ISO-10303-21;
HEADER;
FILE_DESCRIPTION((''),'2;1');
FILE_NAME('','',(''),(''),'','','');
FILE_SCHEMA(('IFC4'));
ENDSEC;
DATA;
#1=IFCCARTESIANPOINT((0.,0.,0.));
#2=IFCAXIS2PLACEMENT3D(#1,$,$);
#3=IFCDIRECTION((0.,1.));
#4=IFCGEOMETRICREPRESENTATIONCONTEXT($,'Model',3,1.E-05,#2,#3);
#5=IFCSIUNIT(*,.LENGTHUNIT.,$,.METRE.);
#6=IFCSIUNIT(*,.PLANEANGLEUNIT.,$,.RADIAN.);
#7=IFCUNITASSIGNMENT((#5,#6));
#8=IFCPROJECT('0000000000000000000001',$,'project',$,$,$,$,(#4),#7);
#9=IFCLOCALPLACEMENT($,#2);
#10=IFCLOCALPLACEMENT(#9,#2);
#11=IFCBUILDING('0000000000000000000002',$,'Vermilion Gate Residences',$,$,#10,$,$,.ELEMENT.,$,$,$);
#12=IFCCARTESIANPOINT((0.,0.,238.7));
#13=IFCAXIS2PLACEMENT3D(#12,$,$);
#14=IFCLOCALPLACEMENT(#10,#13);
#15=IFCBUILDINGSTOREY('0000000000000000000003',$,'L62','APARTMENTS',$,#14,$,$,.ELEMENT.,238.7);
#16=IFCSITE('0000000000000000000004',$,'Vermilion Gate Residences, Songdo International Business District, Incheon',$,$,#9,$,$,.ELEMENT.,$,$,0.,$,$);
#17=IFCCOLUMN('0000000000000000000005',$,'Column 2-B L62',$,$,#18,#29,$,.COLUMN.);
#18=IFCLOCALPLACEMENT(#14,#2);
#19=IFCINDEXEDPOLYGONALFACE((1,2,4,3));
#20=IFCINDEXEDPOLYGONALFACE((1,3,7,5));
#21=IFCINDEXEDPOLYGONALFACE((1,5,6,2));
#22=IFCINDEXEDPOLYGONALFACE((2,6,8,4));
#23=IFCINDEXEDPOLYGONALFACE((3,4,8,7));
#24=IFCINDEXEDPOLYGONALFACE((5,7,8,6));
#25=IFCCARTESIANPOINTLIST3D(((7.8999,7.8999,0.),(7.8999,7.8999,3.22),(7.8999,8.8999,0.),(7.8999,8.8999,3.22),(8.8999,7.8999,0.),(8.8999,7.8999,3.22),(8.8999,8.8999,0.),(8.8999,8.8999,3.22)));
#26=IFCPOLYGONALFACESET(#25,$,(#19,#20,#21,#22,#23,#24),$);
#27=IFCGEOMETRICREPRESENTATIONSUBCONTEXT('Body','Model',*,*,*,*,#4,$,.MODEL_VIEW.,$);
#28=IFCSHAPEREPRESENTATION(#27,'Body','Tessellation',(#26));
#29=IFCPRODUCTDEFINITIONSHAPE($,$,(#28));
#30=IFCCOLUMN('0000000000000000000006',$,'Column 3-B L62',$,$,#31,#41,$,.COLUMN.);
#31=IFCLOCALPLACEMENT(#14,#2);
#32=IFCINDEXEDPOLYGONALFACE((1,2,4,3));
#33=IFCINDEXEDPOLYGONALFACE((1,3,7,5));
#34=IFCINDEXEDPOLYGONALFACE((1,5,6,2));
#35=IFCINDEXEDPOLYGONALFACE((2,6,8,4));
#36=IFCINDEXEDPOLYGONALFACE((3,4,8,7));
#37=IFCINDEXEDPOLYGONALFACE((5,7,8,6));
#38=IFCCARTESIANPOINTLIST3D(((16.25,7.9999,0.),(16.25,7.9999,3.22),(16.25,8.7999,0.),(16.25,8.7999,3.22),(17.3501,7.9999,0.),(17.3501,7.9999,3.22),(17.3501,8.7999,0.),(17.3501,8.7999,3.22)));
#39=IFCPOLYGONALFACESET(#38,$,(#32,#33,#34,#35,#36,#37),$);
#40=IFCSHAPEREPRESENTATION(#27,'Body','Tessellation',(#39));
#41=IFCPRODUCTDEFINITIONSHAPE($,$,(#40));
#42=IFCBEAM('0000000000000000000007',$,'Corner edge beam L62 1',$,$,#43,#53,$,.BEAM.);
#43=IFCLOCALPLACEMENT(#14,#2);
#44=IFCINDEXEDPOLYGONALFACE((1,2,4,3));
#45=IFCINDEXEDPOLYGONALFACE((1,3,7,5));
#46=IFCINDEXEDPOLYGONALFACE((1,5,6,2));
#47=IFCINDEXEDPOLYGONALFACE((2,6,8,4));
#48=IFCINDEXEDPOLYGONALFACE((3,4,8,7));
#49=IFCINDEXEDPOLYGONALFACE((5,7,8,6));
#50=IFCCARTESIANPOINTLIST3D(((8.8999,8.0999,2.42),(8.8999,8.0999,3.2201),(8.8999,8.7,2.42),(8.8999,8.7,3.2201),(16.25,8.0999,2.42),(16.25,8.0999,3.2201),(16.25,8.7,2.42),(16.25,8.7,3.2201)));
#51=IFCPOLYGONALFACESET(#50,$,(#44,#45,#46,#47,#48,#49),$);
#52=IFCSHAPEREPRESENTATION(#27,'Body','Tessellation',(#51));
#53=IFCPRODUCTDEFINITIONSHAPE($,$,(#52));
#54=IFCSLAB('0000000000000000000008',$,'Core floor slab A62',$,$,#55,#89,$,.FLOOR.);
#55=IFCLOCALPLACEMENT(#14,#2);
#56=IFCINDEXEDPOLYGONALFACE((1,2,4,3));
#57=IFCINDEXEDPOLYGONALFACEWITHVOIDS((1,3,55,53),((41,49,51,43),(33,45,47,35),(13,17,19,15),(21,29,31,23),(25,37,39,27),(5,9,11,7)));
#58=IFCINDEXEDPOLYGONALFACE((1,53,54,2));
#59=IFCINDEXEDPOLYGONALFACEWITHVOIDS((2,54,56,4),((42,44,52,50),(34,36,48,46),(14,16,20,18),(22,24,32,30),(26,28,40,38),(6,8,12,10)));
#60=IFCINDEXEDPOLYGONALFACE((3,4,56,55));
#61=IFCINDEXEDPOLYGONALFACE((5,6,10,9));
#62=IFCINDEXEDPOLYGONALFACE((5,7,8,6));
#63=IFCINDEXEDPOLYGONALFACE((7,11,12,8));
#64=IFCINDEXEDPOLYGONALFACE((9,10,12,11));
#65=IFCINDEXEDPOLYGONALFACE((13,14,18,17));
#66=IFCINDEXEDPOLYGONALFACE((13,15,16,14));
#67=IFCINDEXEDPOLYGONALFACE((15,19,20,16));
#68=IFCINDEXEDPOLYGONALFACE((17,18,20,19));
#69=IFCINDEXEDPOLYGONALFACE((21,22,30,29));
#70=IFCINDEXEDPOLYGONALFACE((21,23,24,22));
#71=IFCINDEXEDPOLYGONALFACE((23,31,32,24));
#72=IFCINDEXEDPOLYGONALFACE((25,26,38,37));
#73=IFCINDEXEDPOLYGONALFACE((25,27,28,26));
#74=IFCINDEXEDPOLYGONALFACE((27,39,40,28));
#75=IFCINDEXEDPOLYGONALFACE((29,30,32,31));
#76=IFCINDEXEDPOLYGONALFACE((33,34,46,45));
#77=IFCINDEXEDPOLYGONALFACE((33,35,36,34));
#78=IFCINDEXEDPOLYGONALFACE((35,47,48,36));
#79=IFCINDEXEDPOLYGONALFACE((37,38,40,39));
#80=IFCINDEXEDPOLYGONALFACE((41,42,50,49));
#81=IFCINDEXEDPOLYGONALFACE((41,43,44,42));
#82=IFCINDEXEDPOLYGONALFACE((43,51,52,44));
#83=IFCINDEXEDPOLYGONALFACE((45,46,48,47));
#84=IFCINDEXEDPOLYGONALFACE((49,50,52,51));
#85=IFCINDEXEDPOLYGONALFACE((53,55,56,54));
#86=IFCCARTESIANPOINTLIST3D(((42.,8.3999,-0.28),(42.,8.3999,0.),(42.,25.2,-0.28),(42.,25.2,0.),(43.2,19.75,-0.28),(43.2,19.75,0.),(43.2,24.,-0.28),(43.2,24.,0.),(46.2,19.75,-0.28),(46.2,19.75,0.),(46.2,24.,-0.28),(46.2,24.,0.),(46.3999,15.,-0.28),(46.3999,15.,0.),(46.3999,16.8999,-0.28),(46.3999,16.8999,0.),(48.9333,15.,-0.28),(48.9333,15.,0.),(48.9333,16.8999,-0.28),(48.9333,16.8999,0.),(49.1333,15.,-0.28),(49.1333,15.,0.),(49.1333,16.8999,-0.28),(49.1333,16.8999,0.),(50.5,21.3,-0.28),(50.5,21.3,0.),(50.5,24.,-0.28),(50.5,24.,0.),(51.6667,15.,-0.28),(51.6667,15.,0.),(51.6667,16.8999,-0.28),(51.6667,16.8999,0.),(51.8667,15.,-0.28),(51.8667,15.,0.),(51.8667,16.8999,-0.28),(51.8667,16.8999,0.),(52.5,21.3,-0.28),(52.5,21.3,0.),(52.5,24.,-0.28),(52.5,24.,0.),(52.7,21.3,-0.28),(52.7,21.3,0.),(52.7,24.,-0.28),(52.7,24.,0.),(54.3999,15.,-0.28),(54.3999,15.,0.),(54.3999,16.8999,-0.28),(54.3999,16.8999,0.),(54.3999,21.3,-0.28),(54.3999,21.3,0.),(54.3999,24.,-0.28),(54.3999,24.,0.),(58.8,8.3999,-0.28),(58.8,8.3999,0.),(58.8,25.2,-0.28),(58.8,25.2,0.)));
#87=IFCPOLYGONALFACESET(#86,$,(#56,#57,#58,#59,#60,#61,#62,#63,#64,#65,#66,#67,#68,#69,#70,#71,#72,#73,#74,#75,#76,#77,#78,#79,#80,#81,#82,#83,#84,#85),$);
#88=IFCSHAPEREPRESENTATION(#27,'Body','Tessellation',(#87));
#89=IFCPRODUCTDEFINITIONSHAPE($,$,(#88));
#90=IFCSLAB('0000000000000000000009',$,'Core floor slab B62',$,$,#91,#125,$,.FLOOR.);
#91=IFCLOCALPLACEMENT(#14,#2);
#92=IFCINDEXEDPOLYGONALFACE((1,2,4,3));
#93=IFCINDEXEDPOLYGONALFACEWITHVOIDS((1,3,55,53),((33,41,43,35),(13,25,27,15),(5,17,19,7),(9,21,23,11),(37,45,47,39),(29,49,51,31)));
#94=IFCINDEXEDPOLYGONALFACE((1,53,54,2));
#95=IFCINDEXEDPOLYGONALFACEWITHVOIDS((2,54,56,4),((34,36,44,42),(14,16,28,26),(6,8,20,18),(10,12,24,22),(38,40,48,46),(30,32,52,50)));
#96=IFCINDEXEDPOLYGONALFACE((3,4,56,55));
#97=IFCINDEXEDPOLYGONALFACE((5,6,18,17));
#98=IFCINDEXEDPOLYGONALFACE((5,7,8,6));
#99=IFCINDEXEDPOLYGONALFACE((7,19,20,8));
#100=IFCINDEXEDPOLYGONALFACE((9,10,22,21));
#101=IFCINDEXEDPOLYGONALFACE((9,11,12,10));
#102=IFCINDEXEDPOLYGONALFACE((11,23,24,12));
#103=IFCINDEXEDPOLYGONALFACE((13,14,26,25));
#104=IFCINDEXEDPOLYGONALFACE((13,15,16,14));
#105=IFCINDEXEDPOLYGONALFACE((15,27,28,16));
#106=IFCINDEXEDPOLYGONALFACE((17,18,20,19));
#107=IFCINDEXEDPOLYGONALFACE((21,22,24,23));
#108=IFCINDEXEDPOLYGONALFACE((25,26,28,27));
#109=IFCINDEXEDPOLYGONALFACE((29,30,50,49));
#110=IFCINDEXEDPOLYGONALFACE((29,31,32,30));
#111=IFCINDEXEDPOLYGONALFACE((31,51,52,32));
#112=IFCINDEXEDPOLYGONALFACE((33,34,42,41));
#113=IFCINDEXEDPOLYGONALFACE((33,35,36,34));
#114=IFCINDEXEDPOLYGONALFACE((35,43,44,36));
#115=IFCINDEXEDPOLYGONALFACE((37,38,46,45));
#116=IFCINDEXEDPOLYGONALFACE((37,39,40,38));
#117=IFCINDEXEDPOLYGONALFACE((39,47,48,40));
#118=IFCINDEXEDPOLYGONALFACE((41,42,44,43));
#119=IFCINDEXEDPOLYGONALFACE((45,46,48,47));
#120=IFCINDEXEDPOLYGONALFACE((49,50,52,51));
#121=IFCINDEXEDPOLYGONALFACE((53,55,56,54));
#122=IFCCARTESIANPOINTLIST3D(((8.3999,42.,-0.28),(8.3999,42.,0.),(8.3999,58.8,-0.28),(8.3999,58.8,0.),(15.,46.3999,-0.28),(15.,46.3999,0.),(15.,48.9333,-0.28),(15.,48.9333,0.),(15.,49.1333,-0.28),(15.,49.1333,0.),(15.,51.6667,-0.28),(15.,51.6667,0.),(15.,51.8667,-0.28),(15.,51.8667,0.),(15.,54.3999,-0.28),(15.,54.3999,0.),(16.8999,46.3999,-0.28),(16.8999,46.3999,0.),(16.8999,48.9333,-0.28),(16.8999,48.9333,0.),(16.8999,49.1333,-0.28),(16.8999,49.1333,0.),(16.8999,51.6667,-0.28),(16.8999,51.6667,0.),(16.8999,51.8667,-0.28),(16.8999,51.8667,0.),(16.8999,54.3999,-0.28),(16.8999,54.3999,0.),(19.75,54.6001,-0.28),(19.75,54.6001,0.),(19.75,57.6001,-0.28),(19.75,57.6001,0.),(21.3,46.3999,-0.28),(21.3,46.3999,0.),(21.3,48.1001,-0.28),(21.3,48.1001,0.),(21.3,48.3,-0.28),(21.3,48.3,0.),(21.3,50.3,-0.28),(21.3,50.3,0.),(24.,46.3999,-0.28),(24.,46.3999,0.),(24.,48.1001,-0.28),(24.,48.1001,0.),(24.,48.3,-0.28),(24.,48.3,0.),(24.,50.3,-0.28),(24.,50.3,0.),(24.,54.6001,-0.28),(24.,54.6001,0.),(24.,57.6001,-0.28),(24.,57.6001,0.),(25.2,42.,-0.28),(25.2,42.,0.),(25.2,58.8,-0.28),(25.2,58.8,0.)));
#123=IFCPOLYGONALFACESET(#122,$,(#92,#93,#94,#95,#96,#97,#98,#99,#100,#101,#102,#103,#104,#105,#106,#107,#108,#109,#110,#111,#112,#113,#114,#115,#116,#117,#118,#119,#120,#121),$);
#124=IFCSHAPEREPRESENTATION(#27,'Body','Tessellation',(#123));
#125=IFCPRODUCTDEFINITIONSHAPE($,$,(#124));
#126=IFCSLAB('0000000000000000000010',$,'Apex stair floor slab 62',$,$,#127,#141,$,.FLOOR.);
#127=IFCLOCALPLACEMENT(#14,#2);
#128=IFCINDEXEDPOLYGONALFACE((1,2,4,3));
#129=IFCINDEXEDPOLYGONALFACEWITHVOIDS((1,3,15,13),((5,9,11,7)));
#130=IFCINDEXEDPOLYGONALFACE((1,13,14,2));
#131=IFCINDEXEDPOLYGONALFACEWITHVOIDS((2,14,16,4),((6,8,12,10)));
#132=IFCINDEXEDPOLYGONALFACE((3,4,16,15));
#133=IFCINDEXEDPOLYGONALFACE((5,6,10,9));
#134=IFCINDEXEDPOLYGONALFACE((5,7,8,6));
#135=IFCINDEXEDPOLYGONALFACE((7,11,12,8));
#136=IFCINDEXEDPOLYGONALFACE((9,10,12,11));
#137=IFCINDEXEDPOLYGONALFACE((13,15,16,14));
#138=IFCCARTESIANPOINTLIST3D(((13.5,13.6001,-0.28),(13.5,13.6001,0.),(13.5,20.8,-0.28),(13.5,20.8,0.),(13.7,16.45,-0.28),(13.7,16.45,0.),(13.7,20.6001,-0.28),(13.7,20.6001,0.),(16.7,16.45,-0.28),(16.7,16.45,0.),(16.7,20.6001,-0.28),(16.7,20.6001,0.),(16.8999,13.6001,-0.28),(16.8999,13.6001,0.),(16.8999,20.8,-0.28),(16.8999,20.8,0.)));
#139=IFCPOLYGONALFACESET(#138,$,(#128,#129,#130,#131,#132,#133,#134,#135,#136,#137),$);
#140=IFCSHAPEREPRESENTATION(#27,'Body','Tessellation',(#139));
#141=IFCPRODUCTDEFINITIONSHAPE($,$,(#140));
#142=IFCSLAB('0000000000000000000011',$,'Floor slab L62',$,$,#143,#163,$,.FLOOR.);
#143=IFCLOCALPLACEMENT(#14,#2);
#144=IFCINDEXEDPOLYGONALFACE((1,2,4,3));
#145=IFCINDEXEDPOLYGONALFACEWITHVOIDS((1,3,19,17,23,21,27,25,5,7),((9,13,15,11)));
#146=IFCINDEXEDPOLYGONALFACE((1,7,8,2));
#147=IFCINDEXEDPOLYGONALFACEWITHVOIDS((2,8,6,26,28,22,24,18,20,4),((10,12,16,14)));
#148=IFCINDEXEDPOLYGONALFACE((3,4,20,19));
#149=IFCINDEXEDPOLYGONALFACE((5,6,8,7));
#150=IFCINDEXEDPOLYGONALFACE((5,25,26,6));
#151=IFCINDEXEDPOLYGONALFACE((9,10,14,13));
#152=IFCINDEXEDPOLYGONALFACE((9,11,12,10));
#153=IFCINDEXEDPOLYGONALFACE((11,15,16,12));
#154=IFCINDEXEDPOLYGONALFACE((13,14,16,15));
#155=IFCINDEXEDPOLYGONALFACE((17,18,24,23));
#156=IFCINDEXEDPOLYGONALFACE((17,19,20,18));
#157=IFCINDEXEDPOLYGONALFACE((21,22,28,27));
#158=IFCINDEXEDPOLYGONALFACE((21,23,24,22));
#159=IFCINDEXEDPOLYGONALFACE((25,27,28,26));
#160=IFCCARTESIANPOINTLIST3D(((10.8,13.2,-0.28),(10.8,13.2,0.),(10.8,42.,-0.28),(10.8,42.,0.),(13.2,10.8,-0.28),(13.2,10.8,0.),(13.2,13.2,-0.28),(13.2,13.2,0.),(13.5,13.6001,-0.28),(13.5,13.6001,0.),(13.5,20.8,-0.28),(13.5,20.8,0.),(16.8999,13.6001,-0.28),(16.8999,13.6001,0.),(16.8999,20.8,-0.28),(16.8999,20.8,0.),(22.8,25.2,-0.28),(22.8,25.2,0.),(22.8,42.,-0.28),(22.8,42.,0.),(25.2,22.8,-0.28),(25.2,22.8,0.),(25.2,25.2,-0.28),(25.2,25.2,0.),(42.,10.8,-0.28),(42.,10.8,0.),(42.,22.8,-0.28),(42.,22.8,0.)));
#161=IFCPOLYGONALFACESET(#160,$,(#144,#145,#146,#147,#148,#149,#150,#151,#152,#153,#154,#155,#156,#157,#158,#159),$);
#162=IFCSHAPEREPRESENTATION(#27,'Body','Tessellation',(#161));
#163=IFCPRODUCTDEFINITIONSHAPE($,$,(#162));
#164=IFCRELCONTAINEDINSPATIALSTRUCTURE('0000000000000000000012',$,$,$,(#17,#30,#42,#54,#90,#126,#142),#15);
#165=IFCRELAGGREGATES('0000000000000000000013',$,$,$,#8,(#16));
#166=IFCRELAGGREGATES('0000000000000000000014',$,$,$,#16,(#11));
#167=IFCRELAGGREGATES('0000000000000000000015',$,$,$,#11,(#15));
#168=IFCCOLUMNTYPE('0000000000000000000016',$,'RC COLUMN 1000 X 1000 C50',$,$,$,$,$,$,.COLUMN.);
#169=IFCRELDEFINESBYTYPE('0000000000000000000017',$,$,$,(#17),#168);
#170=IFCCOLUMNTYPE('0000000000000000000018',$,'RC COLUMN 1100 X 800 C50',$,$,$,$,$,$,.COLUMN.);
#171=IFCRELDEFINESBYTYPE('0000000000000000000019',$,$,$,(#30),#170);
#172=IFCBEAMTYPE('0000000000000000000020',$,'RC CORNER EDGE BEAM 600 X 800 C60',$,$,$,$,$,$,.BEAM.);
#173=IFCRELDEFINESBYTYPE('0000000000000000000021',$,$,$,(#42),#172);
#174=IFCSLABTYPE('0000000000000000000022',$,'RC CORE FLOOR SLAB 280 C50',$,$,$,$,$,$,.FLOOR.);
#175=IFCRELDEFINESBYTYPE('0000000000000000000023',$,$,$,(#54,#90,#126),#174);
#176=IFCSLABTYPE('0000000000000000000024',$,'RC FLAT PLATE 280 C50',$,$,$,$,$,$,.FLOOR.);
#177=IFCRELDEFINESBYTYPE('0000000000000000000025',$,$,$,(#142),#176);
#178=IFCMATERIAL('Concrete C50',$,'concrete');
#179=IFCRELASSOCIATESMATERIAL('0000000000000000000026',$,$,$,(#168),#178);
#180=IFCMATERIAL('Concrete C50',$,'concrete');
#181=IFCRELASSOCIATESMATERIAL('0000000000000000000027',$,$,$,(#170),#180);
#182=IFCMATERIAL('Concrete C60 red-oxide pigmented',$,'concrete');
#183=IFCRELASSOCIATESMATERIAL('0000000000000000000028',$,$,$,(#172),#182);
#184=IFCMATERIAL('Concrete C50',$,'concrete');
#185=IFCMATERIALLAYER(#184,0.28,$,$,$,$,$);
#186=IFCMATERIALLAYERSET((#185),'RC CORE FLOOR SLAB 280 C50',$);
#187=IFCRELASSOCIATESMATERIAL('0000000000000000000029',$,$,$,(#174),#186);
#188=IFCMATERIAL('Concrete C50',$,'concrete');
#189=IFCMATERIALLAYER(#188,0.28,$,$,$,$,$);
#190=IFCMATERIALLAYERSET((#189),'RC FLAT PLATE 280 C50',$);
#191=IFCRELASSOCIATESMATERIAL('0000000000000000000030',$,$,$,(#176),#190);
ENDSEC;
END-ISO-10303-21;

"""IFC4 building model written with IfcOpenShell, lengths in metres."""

from ifc_helpers import new_model, si_unit, direction, frame, origin, origin_2d, place, context, subcontext, project, spatial, polyline, rectangle, outline, extrude, material, layer, layer_set, material_profile, profile_set, type_object, element, save


model = new_model("IFC4")

# Units and contexts
model_context = context("Model", 3, precision=1e-05, world=origin(), true_north=direction((0.0, 1.0)))
body_context = subcontext(model_context, "Body", "Model", "MODEL_VIEW")
ifc_project = project(units=[si_unit("LENGTHUNIT", "METRE"), si_unit("PLANEANGLEUNIT", "RADIAN")], contexts=[model_context])

# Site, building, storey
site_placement = place(None, origin())
site = spatial("IfcSite", under=ifc_project, at=site_placement, Name="Vermilion Gate Residences, Songdo International Business District, Incheon", CompositionType="ELEMENT", RefElevation=0.0)
building_placement = place(site_placement, origin())
building = spatial("IfcBuilding", under=site, at=building_placement, Name="Vermilion Gate Residences", CompositionType="ELEMENT")
storey_placement = place(building_placement, frame((0.0, 0.0, 238.7)))
storey = spatial("IfcBuildingStorey", under=building, at=storey_placement, Name="L62", Description="APARTMENTS", CompositionType="ELEMENT", Elevation=238.7)

# Columns
ifc_material_1 = material(Name="Concrete C50", Category="concrete")
ifc_material_profile_1 = material_profile(ifc_material_1, rectangle(XDim=1.0, YDim=1.0, at=origin_2d()), Name="RC-1000x1000")
ifc_profile_set_1 = profile_set([ifc_material_profile_1], Name="Concrete C50")
column_type_1 = type_object("IfcColumnType", Name="RC COLUMN 1000 X 1000 C50", PredefinedType="COLUMN", material=ifc_profile_set_1)
column_1_placement = place(storey_placement, frame((8.3999, 8.3999, 0.0), z_axis=(0.0, 0.0, 1.0), x_axis=(1.0, 0.0, 0.0)))
element("IfcColumn", 1, at=column_1_placement, inside=storey, type_object=column_type_1, Name="Column 2-B L62", PredefinedType="COLUMN", context=body_context, shape_type="SweptSolid", body=[
    extrude(rectangle(XDim=1.0, YDim=1.0, at=origin_2d()), origin(), (0.0, 0.0, 1.0), 3.22),
])
ifc_material_2 = material(Name="Concrete C50", Category="concrete")
ifc_material_profile_2 = material_profile(ifc_material_2, rectangle(XDim=1.1001, YDim=0.8, at=origin_2d()), Name="RC-1100x800")
ifc_profile_set_2 = profile_set([ifc_material_profile_2], Name="Concrete C50")
column_type_2 = type_object("IfcColumnType", Name="RC COLUMN 1100 X 800 C50", PredefinedType="COLUMN", material=ifc_profile_set_2)
column_2_placement = place(storey_placement, frame((16.8, 8.3999, 0.0), z_axis=(0.0, 0.0, 1.0), x_axis=(1.0, 0.0, 0.0)))
element("IfcColumn", 2, at=column_2_placement, inside=storey, type_object=column_type_2, Name="Column 3-B L62", PredefinedType="COLUMN", context=body_context, shape_type="SweptSolid", body=[
    extrude(rectangle(XDim=1.1001, YDim=0.8, at=origin_2d()), origin(), (0.0, 0.0, 1.0), 3.22),
])

# Beam
ifc_material_3 = material(Name="Concrete C60 red-oxide pigmented", Category="concrete")
ifc_material_profile_3 = material_profile(ifc_material_3, rectangle(XDim=0.6001, YDim=0.8, at=origin_2d()), Name="RC-600x800")
ifc_profile_set_3 = profile_set([ifc_material_profile_3], Name="Concrete C60 red-oxide pigmented")
beam_type = type_object("IfcBeamType", Name="RC CORNER EDGE BEAM 600 X 800 C60", PredefinedType="BEAM", material=ifc_profile_set_3)
beam_placement = place(storey_placement, frame((8.8999, 8.3999, 2.8201), z_axis=(1.0, 0.0, 0.0), x_axis=(0.0, 1.0, 0.0)))
element("IfcBeam", 3, at=beam_placement, inside=storey, type_object=beam_type, Name="Corner edge beam L62 1", PredefinedType="BEAM", context=body_context, shape_type="SweptSolid", body=[
    extrude(rectangle(XDim=0.6001, YDim=0.8, at=origin_2d()), origin(), (0.0, 0.0, 1.0), 7.3501),
])

# Slabs
ifc_material_4 = material(Name="Concrete C50", Category="concrete")
ifc_layer_1 = layer(ifc_material_4, 0.28)
ifc_layer_set_1 = layer_set([ifc_layer_1], Name="RC CORE FLOOR SLAB 280 C50")
slab_type_1 = type_object("IfcSlabType", Name="RC CORE FLOOR SLAB 280 C50", PredefinedType="FLOOR", material=ifc_layer_set_1)
slab_1_placement = place(storey_placement, frame((0.0, 0.0, -0.28)))
element("IfcSlab", 4, at=slab_1_placement, inside=storey, type_object=slab_type_1, Name="Core floor slab A62", PredefinedType="FLOOR", context=body_context, shape_type="SweptSolid", body=[
    extrude(outline(polyline([(42.0, 8.3999), (58.8, 8.3999), (58.8, 25.2), (42.0, 25.2), (42.0, 8.3999)]), holes=[polyline([(46.3999, 15.0), (46.3999, 16.8999), (48.9333, 16.8999), (48.9333, 15.0), (46.3999, 15.0)]), polyline([(49.1333, 16.8999), (51.6667, 16.8999), (51.6667, 15.0), (49.1333, 15.0), (49.1333, 16.8999)]), polyline([(51.8667, 16.8999), (54.3999, 16.8999), (54.3999, 15.0), (51.8667, 15.0), (51.8667, 16.8999)]), polyline([(43.2, 19.75), (43.2, 24.0), (46.2, 24.0), (46.2, 19.75), (43.2, 19.75)]), polyline([(50.5, 24.0), (52.5, 24.0), (52.5, 21.3), (50.5, 21.3), (50.5, 24.0)]), polyline([(52.7, 24.0), (54.3999, 24.0), (54.3999, 21.3), (52.7, 21.3), (52.7, 24.0)])]), origin(), (0.0, 0.0, 1.0), 0.28),
])
slab_2_placement = place(storey_placement, frame((0.0, 0.0, -0.28)))
element("IfcSlab", 5, at=slab_2_placement, inside=storey, type_object=slab_type_1, Name="Core floor slab B62", PredefinedType="FLOOR", context=body_context, shape_type="SweptSolid", body=[
    extrude(outline(polyline([(8.3999, 42.0), (25.2, 42.0), (25.2, 58.8), (8.3999, 58.8), (8.3999, 42.0)]), holes=[polyline([(21.3, 46.3999), (21.3, 48.1001), (24.0, 48.1001), (24.0, 46.3999), (21.3, 46.3999)]), polyline([(15.0, 48.9333), (16.8999, 48.9333), (16.8999, 46.3999), (15.0, 46.3999), (15.0, 48.9333)]), polyline([(21.3, 50.3), (24.0, 50.3), (24.0, 48.3), (21.3, 48.3), (21.3, 50.3)]), polyline([(15.0, 49.1333), (15.0, 51.6667), (16.8999, 51.6667), (16.8999, 49.1333), (15.0, 49.1333)]), polyline([(15.0, 54.3999), (16.8999, 54.3999), (16.8999, 51.8667), (15.0, 51.8667), (15.0, 54.3999)]), polyline([(19.75, 57.6001), (24.0, 57.6001), (24.0, 54.6001), (19.75, 54.6001), (19.75, 57.6001)])]), origin(), (0.0, 0.0, 1.0), 0.28),
])
slab_3_placement = place(storey_placement, frame((0.0, 0.0, -0.28)))
element("IfcSlab", 6, at=slab_3_placement, inside=storey, type_object=slab_type_1, Name="Apex stair floor slab 62", PredefinedType="FLOOR", context=body_context, shape_type="SweptSolid", body=[
    extrude(outline(polyline([(13.5, 13.6001), (16.8999, 13.6001), (16.8999, 20.8), (13.5, 20.8), (13.5, 13.6001)]), holes=[polyline([(16.7, 20.6001), (16.7, 16.45), (13.7, 16.45), (13.7, 20.6001), (16.7, 20.6001)])]), origin(), (0.0, 0.0, 1.0), 0.28),
])
ifc_material_5 = material(Name="Concrete C50", Category="concrete")
ifc_layer_2 = layer(ifc_material_5, 0.28)
ifc_layer_set_2 = layer_set([ifc_layer_2], Name="RC FLAT PLATE 280 C50")
slab_type_2 = type_object("IfcSlabType", Name="RC FLAT PLATE 280 C50", PredefinedType="FLOOR", material=ifc_layer_set_2)
slab_4_placement = place(storey_placement, frame((0.0, 0.0, -0.28)))
element("IfcSlab", 7, at=slab_4_placement, inside=storey, type_object=slab_type_2, Name="Floor slab L62", PredefinedType="FLOOR", context=body_context, shape_type="SweptSolid", body=[
    extrude(outline(polyline([(22.8, 25.2), (22.8, 42.0), (10.8, 42.0), (10.8, 13.2), (13.2, 13.2), (13.2, 10.8), (42.0, 10.8), (42.0, 22.8), (25.2, 22.8), (25.2, 25.2), (22.8, 25.2)]), holes=[polyline([(13.5, 13.6001), (13.5, 20.8), (16.8999, 20.8), (16.8999, 13.6001), (13.5, 13.6001)])]), origin(), (0.0, 0.0, 1.0), 0.28),
])

save(model, "model.ifc")
